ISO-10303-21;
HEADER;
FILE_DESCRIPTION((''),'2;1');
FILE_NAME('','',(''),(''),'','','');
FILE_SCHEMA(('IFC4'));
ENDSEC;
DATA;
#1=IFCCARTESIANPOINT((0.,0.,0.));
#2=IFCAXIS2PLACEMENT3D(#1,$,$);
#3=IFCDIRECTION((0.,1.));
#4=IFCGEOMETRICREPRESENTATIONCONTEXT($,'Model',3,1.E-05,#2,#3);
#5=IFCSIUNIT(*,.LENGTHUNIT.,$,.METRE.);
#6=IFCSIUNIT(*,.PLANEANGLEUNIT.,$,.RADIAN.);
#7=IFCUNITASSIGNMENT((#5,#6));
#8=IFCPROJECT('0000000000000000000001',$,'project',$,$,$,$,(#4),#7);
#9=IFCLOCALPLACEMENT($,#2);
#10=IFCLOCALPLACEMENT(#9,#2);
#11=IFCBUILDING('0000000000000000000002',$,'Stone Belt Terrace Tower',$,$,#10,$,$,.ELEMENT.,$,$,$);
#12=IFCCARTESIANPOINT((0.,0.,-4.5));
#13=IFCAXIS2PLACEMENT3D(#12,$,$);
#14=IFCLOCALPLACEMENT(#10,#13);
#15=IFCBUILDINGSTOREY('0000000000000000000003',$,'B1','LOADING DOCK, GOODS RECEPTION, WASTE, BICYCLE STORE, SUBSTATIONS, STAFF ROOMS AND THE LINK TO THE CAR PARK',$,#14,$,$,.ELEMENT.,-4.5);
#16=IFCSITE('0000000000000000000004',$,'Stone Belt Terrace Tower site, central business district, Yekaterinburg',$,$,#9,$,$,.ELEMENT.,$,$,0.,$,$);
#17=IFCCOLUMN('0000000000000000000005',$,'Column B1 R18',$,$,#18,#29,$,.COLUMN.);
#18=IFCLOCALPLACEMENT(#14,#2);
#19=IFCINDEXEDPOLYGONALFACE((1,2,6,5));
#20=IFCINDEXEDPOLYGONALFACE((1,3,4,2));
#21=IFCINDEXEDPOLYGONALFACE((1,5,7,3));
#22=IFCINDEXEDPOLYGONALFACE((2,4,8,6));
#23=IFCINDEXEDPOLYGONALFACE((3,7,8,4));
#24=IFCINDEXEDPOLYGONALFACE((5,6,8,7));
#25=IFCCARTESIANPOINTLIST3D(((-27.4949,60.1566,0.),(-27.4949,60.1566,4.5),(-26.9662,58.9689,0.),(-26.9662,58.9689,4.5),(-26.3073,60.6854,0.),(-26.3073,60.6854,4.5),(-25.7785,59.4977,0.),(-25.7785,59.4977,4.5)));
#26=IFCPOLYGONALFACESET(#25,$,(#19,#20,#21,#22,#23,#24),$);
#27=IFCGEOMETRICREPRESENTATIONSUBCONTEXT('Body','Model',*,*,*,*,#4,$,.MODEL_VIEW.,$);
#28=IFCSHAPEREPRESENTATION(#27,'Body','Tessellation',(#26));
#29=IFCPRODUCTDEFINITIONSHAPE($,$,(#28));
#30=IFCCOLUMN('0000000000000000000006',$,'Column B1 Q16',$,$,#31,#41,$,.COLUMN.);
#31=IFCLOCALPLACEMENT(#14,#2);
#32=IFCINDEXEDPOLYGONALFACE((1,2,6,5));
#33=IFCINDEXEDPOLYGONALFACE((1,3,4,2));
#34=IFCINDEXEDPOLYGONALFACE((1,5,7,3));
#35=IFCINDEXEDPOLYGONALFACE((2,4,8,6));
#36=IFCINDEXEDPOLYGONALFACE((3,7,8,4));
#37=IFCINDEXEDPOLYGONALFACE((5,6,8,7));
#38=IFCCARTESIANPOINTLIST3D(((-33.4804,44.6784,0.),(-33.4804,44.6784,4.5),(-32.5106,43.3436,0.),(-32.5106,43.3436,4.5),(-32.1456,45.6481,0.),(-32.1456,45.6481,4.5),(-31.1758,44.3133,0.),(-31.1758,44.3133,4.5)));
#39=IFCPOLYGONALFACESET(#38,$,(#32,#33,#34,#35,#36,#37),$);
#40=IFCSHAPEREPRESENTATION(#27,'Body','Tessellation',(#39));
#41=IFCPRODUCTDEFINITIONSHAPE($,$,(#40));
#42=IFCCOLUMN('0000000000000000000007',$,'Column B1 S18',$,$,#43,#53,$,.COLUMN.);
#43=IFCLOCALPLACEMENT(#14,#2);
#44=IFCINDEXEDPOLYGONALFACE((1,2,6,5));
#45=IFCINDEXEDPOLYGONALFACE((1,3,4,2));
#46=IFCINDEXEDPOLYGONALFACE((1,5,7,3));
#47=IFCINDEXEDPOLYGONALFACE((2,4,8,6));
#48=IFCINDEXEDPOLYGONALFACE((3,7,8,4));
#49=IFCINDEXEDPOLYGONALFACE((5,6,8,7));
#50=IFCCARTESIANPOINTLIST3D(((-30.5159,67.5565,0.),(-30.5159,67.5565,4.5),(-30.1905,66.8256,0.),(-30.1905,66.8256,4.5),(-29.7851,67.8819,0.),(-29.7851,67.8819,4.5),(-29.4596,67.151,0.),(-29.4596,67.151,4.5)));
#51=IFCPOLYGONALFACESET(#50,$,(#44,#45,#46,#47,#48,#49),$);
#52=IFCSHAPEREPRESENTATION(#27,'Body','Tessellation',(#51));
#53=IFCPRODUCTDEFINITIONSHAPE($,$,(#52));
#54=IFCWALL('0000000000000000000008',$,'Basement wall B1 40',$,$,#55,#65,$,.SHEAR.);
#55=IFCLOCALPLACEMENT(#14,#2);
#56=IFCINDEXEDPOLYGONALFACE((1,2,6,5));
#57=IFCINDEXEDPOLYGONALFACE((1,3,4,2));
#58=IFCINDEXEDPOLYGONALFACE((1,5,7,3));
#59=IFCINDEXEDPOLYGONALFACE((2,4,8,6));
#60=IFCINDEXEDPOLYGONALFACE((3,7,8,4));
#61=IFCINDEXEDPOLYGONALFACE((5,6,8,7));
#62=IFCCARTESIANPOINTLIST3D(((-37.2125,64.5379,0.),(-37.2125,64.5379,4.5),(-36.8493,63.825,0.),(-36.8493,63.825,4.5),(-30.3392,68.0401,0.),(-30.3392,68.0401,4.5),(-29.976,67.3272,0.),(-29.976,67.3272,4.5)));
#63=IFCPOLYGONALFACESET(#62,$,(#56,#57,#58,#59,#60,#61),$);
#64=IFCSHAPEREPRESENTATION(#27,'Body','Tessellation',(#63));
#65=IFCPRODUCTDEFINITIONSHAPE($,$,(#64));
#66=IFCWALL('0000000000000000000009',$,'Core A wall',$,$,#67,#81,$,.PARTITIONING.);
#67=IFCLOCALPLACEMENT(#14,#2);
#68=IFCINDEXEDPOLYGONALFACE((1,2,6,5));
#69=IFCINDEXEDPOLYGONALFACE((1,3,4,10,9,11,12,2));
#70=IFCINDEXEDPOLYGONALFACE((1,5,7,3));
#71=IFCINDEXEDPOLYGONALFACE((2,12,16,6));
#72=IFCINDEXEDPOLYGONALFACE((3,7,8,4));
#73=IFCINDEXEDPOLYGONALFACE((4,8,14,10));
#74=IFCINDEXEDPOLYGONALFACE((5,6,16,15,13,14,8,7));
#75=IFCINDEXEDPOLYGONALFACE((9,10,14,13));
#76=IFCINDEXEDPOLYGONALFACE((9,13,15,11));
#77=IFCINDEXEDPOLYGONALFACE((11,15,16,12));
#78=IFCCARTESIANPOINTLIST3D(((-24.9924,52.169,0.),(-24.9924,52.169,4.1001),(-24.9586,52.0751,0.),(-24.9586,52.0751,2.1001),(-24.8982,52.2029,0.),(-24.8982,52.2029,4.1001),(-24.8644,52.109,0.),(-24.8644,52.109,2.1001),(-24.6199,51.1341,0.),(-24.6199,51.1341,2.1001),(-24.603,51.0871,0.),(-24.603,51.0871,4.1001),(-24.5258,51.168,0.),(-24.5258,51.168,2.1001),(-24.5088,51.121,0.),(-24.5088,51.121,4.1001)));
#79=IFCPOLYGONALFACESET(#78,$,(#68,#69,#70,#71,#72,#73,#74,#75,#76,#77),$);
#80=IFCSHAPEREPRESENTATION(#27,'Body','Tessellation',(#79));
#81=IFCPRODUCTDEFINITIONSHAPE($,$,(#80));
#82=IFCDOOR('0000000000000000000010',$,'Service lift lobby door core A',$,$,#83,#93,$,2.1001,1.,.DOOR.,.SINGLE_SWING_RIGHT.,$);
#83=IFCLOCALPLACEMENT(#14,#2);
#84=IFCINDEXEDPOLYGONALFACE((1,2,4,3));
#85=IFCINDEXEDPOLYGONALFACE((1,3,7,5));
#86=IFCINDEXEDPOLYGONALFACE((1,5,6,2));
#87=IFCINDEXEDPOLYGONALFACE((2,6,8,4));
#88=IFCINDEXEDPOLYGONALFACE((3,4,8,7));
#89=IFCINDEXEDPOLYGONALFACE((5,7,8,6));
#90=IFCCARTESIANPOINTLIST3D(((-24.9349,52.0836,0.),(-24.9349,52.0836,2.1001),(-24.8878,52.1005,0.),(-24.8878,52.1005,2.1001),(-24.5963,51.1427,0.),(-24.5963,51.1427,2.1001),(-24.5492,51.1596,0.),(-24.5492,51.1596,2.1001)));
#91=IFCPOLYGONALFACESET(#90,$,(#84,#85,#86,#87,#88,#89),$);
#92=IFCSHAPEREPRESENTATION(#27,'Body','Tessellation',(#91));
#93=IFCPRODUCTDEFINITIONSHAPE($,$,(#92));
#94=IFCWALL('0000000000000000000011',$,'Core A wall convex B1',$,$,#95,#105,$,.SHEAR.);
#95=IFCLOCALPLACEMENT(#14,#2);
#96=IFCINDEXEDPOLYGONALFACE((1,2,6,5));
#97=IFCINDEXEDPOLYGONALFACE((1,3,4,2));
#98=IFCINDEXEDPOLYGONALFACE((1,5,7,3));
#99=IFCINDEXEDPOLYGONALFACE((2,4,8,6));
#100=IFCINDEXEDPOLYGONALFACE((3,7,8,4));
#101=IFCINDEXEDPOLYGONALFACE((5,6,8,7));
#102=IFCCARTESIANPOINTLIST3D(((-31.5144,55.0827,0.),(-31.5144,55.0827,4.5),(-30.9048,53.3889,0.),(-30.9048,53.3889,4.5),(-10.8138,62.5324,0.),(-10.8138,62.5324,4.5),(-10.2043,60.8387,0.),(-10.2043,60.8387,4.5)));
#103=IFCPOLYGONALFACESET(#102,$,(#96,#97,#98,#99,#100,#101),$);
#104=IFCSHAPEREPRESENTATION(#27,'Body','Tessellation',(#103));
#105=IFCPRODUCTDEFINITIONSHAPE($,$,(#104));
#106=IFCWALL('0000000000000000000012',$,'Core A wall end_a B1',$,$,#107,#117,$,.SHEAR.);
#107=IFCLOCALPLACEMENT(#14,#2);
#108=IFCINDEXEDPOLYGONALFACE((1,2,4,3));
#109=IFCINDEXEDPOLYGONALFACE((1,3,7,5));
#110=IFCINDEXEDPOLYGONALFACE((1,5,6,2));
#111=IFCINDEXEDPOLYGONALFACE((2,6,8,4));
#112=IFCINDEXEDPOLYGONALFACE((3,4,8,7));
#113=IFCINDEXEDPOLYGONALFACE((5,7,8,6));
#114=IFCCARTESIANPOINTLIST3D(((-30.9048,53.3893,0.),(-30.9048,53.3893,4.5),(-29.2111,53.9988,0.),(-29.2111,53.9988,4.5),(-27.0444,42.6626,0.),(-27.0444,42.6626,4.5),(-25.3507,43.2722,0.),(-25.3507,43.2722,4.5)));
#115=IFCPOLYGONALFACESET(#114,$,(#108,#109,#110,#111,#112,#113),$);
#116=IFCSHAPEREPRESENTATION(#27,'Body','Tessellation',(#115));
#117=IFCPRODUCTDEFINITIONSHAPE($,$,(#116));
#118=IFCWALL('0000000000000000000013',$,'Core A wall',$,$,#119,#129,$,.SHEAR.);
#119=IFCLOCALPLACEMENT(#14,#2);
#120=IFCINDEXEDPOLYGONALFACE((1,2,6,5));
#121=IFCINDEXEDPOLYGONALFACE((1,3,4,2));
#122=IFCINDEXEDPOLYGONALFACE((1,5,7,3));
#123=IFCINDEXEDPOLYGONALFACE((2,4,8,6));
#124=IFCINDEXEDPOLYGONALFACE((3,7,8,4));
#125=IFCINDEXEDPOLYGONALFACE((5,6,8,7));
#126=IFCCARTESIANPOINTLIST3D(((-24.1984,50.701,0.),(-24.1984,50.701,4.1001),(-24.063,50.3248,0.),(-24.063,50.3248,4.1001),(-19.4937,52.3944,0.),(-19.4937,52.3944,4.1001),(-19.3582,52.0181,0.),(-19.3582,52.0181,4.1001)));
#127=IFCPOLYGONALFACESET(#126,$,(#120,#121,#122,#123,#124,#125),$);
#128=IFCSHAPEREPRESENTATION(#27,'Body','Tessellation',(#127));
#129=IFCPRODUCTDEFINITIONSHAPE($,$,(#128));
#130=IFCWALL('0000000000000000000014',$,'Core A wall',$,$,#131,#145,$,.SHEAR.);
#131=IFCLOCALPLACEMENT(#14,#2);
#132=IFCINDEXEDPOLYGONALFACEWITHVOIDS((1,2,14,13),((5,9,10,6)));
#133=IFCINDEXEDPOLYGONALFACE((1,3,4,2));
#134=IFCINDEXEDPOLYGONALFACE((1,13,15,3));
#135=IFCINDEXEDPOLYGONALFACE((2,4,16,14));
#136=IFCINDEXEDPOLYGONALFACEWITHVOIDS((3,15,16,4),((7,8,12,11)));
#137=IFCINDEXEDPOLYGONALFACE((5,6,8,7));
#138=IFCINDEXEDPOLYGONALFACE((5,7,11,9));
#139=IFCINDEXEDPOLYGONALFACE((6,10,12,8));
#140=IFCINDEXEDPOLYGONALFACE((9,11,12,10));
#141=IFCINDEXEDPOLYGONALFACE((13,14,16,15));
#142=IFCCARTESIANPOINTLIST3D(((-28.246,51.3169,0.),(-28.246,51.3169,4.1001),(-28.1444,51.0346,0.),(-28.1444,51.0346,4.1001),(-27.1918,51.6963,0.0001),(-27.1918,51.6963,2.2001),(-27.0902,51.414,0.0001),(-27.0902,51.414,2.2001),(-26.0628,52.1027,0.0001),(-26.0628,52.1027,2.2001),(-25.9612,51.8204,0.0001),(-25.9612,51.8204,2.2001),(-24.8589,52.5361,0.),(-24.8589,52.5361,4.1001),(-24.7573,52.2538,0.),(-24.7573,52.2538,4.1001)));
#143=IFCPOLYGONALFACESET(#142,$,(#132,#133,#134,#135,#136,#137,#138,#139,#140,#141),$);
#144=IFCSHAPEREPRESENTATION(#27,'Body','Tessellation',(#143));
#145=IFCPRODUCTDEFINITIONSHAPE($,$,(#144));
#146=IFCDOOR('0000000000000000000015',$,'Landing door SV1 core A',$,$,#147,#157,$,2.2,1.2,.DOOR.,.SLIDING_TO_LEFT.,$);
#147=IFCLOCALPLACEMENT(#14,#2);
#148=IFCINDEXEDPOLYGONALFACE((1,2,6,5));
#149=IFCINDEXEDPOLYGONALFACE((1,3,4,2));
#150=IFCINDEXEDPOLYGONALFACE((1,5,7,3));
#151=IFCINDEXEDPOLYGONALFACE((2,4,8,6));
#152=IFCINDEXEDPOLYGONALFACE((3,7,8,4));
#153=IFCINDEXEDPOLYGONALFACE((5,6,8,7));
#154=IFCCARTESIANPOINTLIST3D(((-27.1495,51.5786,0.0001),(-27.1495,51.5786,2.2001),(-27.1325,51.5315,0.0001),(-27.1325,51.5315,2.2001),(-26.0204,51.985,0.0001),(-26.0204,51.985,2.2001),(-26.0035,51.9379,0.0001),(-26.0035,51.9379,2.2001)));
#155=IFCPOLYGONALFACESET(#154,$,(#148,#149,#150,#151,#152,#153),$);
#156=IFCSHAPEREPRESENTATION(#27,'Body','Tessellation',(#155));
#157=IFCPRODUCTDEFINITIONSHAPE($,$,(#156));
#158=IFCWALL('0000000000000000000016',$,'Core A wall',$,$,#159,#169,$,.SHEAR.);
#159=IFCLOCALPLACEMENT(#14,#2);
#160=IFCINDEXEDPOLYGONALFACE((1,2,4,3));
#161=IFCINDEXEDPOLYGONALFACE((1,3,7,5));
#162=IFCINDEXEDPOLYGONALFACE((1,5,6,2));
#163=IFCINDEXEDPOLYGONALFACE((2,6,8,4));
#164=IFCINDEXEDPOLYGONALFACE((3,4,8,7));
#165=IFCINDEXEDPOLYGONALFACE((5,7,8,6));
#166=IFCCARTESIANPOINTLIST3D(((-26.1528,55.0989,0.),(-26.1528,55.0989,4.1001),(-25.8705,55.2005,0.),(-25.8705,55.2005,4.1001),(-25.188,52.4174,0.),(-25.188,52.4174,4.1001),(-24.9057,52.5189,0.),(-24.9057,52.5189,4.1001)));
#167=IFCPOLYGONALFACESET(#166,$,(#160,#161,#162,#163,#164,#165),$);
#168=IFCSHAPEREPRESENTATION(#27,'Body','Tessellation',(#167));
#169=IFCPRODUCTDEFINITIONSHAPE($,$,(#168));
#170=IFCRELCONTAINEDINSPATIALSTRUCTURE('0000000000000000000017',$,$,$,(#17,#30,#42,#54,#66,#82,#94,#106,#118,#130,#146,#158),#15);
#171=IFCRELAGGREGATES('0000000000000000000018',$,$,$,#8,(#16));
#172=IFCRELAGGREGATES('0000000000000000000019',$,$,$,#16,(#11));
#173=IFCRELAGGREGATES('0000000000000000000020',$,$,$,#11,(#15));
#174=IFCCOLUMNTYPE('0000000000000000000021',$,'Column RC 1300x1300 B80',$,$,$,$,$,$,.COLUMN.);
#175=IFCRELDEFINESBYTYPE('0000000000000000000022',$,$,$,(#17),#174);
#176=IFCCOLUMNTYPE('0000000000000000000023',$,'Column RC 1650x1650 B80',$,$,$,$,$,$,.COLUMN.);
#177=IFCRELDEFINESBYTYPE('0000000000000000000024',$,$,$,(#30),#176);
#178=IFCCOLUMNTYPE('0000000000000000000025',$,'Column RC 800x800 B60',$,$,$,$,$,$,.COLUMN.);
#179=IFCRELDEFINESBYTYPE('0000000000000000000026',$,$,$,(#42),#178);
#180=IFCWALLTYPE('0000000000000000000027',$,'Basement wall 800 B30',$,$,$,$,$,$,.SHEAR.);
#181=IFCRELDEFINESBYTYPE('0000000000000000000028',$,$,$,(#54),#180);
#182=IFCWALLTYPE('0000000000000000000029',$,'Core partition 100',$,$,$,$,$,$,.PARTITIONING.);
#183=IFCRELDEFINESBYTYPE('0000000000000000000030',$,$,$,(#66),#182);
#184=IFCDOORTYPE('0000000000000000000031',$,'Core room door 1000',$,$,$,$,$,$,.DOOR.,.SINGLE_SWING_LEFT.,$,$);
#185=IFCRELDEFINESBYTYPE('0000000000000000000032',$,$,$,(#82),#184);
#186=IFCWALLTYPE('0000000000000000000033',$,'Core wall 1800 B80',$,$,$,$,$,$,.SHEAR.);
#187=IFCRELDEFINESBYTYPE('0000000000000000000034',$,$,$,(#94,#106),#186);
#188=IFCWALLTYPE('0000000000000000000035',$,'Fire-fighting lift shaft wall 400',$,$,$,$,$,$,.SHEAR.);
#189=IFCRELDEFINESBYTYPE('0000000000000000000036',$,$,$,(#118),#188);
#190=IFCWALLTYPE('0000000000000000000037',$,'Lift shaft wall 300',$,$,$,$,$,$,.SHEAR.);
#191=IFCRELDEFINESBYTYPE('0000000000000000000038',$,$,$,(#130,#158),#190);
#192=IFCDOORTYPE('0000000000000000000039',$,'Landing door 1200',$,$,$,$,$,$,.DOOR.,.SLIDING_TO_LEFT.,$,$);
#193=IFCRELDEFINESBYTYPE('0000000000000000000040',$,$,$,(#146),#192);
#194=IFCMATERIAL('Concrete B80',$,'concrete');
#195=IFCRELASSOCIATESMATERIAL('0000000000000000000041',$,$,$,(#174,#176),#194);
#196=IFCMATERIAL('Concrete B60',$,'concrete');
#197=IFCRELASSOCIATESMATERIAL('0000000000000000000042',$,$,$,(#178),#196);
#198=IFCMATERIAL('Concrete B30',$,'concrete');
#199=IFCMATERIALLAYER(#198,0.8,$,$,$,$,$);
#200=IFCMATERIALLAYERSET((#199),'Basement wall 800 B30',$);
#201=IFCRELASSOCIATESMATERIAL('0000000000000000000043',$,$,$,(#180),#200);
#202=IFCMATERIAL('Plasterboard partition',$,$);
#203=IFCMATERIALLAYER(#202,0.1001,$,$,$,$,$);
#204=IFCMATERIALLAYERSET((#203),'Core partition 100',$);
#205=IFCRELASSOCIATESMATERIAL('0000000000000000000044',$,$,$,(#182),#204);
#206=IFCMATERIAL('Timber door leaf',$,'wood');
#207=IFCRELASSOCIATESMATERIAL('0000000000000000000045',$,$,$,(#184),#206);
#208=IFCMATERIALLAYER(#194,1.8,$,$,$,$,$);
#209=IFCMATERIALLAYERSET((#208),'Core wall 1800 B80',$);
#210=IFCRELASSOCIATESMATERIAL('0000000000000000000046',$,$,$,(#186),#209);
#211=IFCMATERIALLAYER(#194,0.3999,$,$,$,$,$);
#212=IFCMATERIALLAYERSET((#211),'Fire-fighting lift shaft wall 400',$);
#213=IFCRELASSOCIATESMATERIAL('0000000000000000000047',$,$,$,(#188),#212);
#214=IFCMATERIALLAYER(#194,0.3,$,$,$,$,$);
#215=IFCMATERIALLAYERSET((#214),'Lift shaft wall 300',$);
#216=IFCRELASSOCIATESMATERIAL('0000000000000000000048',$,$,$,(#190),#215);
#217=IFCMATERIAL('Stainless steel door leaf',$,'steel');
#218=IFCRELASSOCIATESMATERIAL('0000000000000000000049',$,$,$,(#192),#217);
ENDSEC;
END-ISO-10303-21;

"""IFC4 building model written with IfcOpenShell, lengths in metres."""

from ifc_helpers import new_model, si_unit, direction, frame, frame_2d, origin, origin_2d, place, context, subcontext, project, spatial, rectangle, extrude, material, layer, layer_set, material_profile, profile_set, type_object, element, fill, save


model = new_model("IFC4")

# Units and contexts
model_context = context("Model", 3, precision=1e-05, world=origin(), true_north=direction((0.0, 1.0)))
body_context = subcontext(model_context, "Body", "Model", "MODEL_VIEW")
ifc_project = project(units=[si_unit("LENGTHUNIT", "METRE"), si_unit("PLANEANGLEUNIT", "RADIAN")], contexts=[model_context])

# Site, building, storey
site_placement = place(None, origin())
site = spatial("IfcSite", under=ifc_project, at=site_placement, Name="Stone Belt Terrace Tower site, central business district, Yekaterinburg", CompositionType="ELEMENT", RefElevation=0.0)
building_placement = place(site_placement, origin())
building = spatial("IfcBuilding", under=site, at=building_placement, Name="Stone Belt Terrace Tower", CompositionType="ELEMENT")
storey_placement = place(building_placement, frame((0.0, 0.0, -4.5)))
storey = spatial("IfcBuildingStorey", under=building, at=storey_placement, Name="B1", Description="LOADING DOCK, GOODS RECEPTION, WASTE, BICYCLE STORE, SUBSTATIONS, STAFF ROOMS AND THE LINK TO THE CAR PARK", CompositionType="ELEMENT", Elevation=-4.5)

# Columns
ifc_material_1 = material(Name="Concrete B80", Category="concrete")
ifc_material_profile_1 = material_profile(ifc_material_1, rectangle(XDim=1.3, YDim=1.3, at=origin_2d()), Name="RC 1300x1300")
ifc_profile_set_1 = profile_set([ifc_material_profile_1], Name="Concrete B80")
column_type_1 = type_object("IfcColumnType", Name="Column RC 1300x1300 B80", PredefinedType="COLUMN", material=ifc_profile_set_1)
column_1_placement = place(storey_placement, frame((-26.6367, 59.8271, 0.0), z_axis=(0.0, 0.0, 1.0), x_axis=(0.913545, 0.406737, 0.0)))
element("IfcColumn", 1, at=column_1_placement, inside=storey, type_object=column_type_1, Name="Column B1 R18", PredefinedType="COLUMN", context=body_context, shape_type="SweptSolid", body=[
    extrude(rectangle(XDim=1.3, YDim=1.3, at=origin_2d()), origin(), (0.0, 0.0, 1.0), 4.5),
])
ifc_material_profile_2 = material_profile(ifc_material_1, rectangle(XDim=1.6499, YDim=1.6499, at=origin_2d()), Name="RC 1650x1650")
ifc_profile_set_2 = profile_set([ifc_material_profile_2], Name="Concrete B80")
column_type_2 = type_object("IfcColumnType", Name="Column RC 1650x1650 B80", PredefinedType="COLUMN", material=ifc_profile_set_2)
column_2_placement = place(storey_placement, frame((-32.3281, 44.4958, 0.0), z_axis=(0.0, 0.0, 1.0), x_axis=(0.809017, 0.587785, 0.0)))
element("IfcColumn", 2, at=column_2_placement, inside=storey, type_object=column_type_2, Name="Column B1 Q16", PredefinedType="COLUMN", context=body_context, shape_type="SweptSolid", body=[
    extrude(rectangle(XDim=1.6499, YDim=1.6499, at=origin_2d()), origin(), (0.0, 0.0, 1.0), 4.5),
])
ifc_material_2 = material(Name="Concrete B60", Category="concrete")
ifc_material_profile_3 = material_profile(ifc_material_2, rectangle(XDim=0.8, YDim=0.8, at=origin_2d()), Name="RC 800x800")
ifc_profile_set_3 = profile_set([ifc_material_profile_3], Name="Concrete B60")
column_type_3 = type_object("IfcColumnType", Name="Column RC 800x800 B60", PredefinedType="COLUMN", material=ifc_profile_set_3)
column_3_placement = place(storey_placement, frame((-29.9878, 67.3538, 0.0), z_axis=(0.0, 0.0, 1.0), x_axis=(0.913545, 0.406737, 0.0)))
element("IfcColumn", 3, at=column_3_placement, inside=storey, type_object=column_type_3, Name="Column B1 S18", PredefinedType="COLUMN", context=body_context, shape_type="SweptSolid", body=[
    extrude(rectangle(XDim=0.8, YDim=0.8, at=origin_2d()), origin(), (0.0, 0.0, 1.0), 4.5),
])

# Wall
ifc_material_3 = material(Name="Concrete B30", Category="concrete")
ifc_layer_1 = layer(ifc_material_3, 0.8)
ifc_layer_set_1 = layer_set([ifc_layer_1], Name="Basement wall 800 B30")
wall_type_1 = type_object("IfcWallType", Name="Basement wall 800 B30", PredefinedType="SHEAR", material=ifc_layer_set_1)
wall_1_placement = place(storey_placement, frame((-30.1577, 67.6836, 0.0), z_axis=(0.0, 0.0, 1.0), x_axis=(-0.891002, -0.453999, 0.0)))
element("IfcWall", 4, at=wall_1_placement, inside=storey, type_object=wall_type_1, Name="Basement wall B1 40", PredefinedType="SHEAR", context=body_context, shape_type="SweptSolid", body=[
    extrude(rectangle(XDim=7.7141, YDim=0.8, at=frame_2d((3.8569, 0.0))), origin(), (0.0, 0.0, 1.0), 4.5),
])

# Wall, opening, door
ifc_material_4 = material(Name="Plasterboard partition")
ifc_layer_2 = layer(ifc_material_4, 0.1001)
ifc_layer_set_2 = layer_set([ifc_layer_2], Name="Core partition 100")
wall_type_2 = type_object("IfcWallType", Name="Core partition 100", PredefinedType="PARTITIONING", material=ifc_layer_set_2)
wall_2_placement = place(storey_placement, frame((-24.5559, 51.104, 0.0), z_axis=(0.0, 0.0, 1.0), x_axis=(-0.338622, 0.940923, 0.0)))
wall_2 = element("IfcWall", 5, at=wall_2_placement, inside=storey, type_object=wall_type_2, Name="Core A wall", PredefinedType="PARTITIONING", context=body_context, shape_type="SweptSolid", body=[
    extrude(rectangle(XDim=1.1499, YDim=0.1001, at=frame_2d((0.575, 0.0))), origin(), (0.0, 0.0, 1.0), 4.1001),
])
opening_1_placement = place(wall_2_placement, frame((0.05, 0.0, 0.0)))
opening_1 = element("IfcOpeningElement", 6, at=opening_1_placement, cuts=wall_2, PredefinedType="OPENING", context=body_context, shape_type="SweptSolid", body=[
    extrude(rectangle(XDim=1.0, YDim=2.1001, at=frame_2d((0.5, 1.05))), frame((0.0, 0.0601, 0.0), z_axis=(0.0, -1.0, 0.0), x_axis=(1.0, 0.0, 0.0)), (0.0, 0.0, 1.0), 0.1201),
])
ifc_material_5 = material(Name="Timber door leaf", Category="wood")
door_type_1 = type_object("IfcDoorType", Name="Core room door 1000", OperationType="SINGLE_SWING_LEFT", PredefinedType="DOOR", material=ifc_material_5)
door_1_placement = place(opening_1_placement, origin())
door_1 = element("IfcDoor", 7, at=door_1_placement, inside=storey, type_object=door_type_1, Name="Service lift lobby door core A", OperationType="SINGLE_SWING_RIGHT", OverallHeight=2.1001, OverallWidth=1.0, PredefinedType="DOOR", context=body_context, shape_type="SweptSolid", body=[
    extrude(rectangle(XDim=1.0, YDim=2.1001, at=frame_2d((0.5, 1.05))), frame((0.0, 0.0249, 0.0), z_axis=(0.0, -1.0, 0.0), x_axis=(1.0, 0.0, 0.0)), (0.0, 0.0, 1.0), 0.05),
])
fill(opening_1, door_1)

# Walls
ifc_layer_3 = layer(ifc_material_1, 1.8)
ifc_layer_set_3 = layer_set([ifc_layer_3], Name="Core wall 1800 B80")
wall_type_3 = type_object("IfcWallType", Name="Core wall 1800 B80", PredefinedType="SHEAR", material=ifc_layer_set_3)
wall_3_placement = place(storey_placement, frame((-31.2095, 54.2358, 0.0), z_axis=(0.0, 0.0, 1.0), x_axis=(0.940923, 0.338621, 0.0)))
element("IfcWall", 8, at=wall_3_placement, inside=storey, type_object=wall_type_3, Name="Core A wall convex B1", PredefinedType="SHEAR", context=body_context, shape_type="SweptSolid", body=[
    extrude(rectangle(XDim=22.0002, YDim=1.8, at=frame_2d((11.0, 0.0))), origin(), (0.0, 0.0, 1.0), 4.5),
])
wall_4_placement = place(storey_placement, frame((-26.1975, 42.9673, 0.0), z_axis=(0.0, 0.0, 1.0), x_axis=(-0.338625, 0.940921, 0.0)))
element("IfcWall", 9, at=wall_4_placement, inside=storey, type_object=wall_type_3, Name="Core A wall end_a B1", PredefinedType="SHEAR", context=body_context, shape_type="SweptSolid", body=[
    extrude(rectangle(XDim=11.4001, YDim=1.8, at=frame_2d((5.7002, 0.0))), origin(), (0.0, 0.0, 1.0), 4.5),
])
ifc_layer_4 = layer(ifc_material_1, 0.3999)
ifc_layer_set_4 = layer_set([ifc_layer_4], Name="Fire-fighting lift shaft wall 400")
wall_type_4 = type_object("IfcWallType", Name="Fire-fighting lift shaft wall 400", PredefinedType="SHEAR", material=ifc_layer_set_4)
wall_5_placement = place(storey_placement, frame((-24.1306, 50.5129, 0.0), z_axis=(0.0, 0.0, 1.0), x_axis=(0.940912, 0.338652, 0.0)))
element("IfcWall", 10, at=wall_5_placement, inside=storey, type_object=wall_type_4, Name="Core A wall", PredefinedType="SHEAR", context=body_context, shape_type="SweptSolid", body=[
    extrude(rectangle(XDim=5.0002, YDim=0.3999, at=frame_2d((2.5, 0.0))), origin(), (0.0, 0.0, 1.0), 4.1001),
])

# Wall, opening, door
ifc_layer_5 = layer(ifc_material_1, 0.3)
ifc_layer_set_5 = layer_set([ifc_layer_5], Name="Lift shaft wall 300")
wall_type_5 = type_object("IfcWallType", Name="Lift shaft wall 300", PredefinedType="SHEAR", material=ifc_layer_set_5)
wall_6_placement = place(storey_placement, frame((-28.1951, 51.1758, 0.0), z_axis=(0.0, 0.0, 1.0), x_axis=(0.940901, 0.338681, 0.0)))
wall_6 = element("IfcWall", 11, at=wall_6_placement, inside=storey, type_object=wall_type_5, Name="Core A wall", PredefinedType="SHEAR", context=body_context, shape_type="SweptSolid", body=[
    extrude(rectangle(XDim=3.5999, YDim=0.3, at=frame_2d((1.7998, 0.0))), origin(), (0.0, 0.0, 1.0), 4.1001),
])
opening_2_placement = place(wall_6_placement, frame((1.1201, 0.0, 0.0)))
opening_2 = element("IfcOpeningElement", 12, at=opening_2_placement, cuts=wall_6, PredefinedType="OPENING", context=body_context, shape_type="SweptSolid", body=[
    extrude(rectangle(XDim=1.2, YDim=2.2, at=frame_2d((0.6001, 1.1001))), frame((0.0, 0.1599, 0.0), z_axis=(0.0, -1.0, 0.0), x_axis=(1.0, 0.0, 0.0)), (0.0, 0.0, 1.0), 0.3201),
])
ifc_material_6 = material(Name="Stainless steel door leaf", Category="steel")
door_type_2 = type_object("IfcDoorType", Name="Landing door 1200", OperationType="SLIDING_TO_LEFT", PredefinedType="DOOR", material=ifc_material_6)
door_2_placement = place(opening_2_placement, origin())
door_2 = element("IfcDoor", 13, at=door_2_placement, inside=storey, type_object=door_type_2, Name="Landing door SV1 core A", OperationType="SLIDING_TO_LEFT", OverallHeight=2.2, OverallWidth=1.2, PredefinedType="DOOR", context=body_context, shape_type="SweptSolid", body=[
    extrude(rectangle(XDim=1.2, YDim=2.2, at=frame_2d((0.6001, 1.1001))), frame((0.0, 0.0249, 0.0), z_axis=(0.0, -1.0, 0.0), x_axis=(1.0, 0.0, 0.0)), (0.0, 0.0, 1.0), 0.05),
])
fill(opening_2, door_2)

# Wall
wall_7_placement = place(storey_placement, frame((-25.0469, 52.4683, 0.0), z_axis=(0.0, 0.0, 1.0), x_axis=(-0.33855, 0.940949, 0.0)))
element("IfcWall", 14, at=wall_7_placement, inside=storey, type_object=wall_type_5, Name="Core A wall", PredefinedType="SHEAR", context=body_context, shape_type="SweptSolid", body=[
    extrude(rectangle(XDim=2.8499, YDim=0.3, at=frame_2d((1.4248, 0.0))), origin(), (0.0, 0.0, 1.0), 4.1001),
])

save(model, "model.ifc")
